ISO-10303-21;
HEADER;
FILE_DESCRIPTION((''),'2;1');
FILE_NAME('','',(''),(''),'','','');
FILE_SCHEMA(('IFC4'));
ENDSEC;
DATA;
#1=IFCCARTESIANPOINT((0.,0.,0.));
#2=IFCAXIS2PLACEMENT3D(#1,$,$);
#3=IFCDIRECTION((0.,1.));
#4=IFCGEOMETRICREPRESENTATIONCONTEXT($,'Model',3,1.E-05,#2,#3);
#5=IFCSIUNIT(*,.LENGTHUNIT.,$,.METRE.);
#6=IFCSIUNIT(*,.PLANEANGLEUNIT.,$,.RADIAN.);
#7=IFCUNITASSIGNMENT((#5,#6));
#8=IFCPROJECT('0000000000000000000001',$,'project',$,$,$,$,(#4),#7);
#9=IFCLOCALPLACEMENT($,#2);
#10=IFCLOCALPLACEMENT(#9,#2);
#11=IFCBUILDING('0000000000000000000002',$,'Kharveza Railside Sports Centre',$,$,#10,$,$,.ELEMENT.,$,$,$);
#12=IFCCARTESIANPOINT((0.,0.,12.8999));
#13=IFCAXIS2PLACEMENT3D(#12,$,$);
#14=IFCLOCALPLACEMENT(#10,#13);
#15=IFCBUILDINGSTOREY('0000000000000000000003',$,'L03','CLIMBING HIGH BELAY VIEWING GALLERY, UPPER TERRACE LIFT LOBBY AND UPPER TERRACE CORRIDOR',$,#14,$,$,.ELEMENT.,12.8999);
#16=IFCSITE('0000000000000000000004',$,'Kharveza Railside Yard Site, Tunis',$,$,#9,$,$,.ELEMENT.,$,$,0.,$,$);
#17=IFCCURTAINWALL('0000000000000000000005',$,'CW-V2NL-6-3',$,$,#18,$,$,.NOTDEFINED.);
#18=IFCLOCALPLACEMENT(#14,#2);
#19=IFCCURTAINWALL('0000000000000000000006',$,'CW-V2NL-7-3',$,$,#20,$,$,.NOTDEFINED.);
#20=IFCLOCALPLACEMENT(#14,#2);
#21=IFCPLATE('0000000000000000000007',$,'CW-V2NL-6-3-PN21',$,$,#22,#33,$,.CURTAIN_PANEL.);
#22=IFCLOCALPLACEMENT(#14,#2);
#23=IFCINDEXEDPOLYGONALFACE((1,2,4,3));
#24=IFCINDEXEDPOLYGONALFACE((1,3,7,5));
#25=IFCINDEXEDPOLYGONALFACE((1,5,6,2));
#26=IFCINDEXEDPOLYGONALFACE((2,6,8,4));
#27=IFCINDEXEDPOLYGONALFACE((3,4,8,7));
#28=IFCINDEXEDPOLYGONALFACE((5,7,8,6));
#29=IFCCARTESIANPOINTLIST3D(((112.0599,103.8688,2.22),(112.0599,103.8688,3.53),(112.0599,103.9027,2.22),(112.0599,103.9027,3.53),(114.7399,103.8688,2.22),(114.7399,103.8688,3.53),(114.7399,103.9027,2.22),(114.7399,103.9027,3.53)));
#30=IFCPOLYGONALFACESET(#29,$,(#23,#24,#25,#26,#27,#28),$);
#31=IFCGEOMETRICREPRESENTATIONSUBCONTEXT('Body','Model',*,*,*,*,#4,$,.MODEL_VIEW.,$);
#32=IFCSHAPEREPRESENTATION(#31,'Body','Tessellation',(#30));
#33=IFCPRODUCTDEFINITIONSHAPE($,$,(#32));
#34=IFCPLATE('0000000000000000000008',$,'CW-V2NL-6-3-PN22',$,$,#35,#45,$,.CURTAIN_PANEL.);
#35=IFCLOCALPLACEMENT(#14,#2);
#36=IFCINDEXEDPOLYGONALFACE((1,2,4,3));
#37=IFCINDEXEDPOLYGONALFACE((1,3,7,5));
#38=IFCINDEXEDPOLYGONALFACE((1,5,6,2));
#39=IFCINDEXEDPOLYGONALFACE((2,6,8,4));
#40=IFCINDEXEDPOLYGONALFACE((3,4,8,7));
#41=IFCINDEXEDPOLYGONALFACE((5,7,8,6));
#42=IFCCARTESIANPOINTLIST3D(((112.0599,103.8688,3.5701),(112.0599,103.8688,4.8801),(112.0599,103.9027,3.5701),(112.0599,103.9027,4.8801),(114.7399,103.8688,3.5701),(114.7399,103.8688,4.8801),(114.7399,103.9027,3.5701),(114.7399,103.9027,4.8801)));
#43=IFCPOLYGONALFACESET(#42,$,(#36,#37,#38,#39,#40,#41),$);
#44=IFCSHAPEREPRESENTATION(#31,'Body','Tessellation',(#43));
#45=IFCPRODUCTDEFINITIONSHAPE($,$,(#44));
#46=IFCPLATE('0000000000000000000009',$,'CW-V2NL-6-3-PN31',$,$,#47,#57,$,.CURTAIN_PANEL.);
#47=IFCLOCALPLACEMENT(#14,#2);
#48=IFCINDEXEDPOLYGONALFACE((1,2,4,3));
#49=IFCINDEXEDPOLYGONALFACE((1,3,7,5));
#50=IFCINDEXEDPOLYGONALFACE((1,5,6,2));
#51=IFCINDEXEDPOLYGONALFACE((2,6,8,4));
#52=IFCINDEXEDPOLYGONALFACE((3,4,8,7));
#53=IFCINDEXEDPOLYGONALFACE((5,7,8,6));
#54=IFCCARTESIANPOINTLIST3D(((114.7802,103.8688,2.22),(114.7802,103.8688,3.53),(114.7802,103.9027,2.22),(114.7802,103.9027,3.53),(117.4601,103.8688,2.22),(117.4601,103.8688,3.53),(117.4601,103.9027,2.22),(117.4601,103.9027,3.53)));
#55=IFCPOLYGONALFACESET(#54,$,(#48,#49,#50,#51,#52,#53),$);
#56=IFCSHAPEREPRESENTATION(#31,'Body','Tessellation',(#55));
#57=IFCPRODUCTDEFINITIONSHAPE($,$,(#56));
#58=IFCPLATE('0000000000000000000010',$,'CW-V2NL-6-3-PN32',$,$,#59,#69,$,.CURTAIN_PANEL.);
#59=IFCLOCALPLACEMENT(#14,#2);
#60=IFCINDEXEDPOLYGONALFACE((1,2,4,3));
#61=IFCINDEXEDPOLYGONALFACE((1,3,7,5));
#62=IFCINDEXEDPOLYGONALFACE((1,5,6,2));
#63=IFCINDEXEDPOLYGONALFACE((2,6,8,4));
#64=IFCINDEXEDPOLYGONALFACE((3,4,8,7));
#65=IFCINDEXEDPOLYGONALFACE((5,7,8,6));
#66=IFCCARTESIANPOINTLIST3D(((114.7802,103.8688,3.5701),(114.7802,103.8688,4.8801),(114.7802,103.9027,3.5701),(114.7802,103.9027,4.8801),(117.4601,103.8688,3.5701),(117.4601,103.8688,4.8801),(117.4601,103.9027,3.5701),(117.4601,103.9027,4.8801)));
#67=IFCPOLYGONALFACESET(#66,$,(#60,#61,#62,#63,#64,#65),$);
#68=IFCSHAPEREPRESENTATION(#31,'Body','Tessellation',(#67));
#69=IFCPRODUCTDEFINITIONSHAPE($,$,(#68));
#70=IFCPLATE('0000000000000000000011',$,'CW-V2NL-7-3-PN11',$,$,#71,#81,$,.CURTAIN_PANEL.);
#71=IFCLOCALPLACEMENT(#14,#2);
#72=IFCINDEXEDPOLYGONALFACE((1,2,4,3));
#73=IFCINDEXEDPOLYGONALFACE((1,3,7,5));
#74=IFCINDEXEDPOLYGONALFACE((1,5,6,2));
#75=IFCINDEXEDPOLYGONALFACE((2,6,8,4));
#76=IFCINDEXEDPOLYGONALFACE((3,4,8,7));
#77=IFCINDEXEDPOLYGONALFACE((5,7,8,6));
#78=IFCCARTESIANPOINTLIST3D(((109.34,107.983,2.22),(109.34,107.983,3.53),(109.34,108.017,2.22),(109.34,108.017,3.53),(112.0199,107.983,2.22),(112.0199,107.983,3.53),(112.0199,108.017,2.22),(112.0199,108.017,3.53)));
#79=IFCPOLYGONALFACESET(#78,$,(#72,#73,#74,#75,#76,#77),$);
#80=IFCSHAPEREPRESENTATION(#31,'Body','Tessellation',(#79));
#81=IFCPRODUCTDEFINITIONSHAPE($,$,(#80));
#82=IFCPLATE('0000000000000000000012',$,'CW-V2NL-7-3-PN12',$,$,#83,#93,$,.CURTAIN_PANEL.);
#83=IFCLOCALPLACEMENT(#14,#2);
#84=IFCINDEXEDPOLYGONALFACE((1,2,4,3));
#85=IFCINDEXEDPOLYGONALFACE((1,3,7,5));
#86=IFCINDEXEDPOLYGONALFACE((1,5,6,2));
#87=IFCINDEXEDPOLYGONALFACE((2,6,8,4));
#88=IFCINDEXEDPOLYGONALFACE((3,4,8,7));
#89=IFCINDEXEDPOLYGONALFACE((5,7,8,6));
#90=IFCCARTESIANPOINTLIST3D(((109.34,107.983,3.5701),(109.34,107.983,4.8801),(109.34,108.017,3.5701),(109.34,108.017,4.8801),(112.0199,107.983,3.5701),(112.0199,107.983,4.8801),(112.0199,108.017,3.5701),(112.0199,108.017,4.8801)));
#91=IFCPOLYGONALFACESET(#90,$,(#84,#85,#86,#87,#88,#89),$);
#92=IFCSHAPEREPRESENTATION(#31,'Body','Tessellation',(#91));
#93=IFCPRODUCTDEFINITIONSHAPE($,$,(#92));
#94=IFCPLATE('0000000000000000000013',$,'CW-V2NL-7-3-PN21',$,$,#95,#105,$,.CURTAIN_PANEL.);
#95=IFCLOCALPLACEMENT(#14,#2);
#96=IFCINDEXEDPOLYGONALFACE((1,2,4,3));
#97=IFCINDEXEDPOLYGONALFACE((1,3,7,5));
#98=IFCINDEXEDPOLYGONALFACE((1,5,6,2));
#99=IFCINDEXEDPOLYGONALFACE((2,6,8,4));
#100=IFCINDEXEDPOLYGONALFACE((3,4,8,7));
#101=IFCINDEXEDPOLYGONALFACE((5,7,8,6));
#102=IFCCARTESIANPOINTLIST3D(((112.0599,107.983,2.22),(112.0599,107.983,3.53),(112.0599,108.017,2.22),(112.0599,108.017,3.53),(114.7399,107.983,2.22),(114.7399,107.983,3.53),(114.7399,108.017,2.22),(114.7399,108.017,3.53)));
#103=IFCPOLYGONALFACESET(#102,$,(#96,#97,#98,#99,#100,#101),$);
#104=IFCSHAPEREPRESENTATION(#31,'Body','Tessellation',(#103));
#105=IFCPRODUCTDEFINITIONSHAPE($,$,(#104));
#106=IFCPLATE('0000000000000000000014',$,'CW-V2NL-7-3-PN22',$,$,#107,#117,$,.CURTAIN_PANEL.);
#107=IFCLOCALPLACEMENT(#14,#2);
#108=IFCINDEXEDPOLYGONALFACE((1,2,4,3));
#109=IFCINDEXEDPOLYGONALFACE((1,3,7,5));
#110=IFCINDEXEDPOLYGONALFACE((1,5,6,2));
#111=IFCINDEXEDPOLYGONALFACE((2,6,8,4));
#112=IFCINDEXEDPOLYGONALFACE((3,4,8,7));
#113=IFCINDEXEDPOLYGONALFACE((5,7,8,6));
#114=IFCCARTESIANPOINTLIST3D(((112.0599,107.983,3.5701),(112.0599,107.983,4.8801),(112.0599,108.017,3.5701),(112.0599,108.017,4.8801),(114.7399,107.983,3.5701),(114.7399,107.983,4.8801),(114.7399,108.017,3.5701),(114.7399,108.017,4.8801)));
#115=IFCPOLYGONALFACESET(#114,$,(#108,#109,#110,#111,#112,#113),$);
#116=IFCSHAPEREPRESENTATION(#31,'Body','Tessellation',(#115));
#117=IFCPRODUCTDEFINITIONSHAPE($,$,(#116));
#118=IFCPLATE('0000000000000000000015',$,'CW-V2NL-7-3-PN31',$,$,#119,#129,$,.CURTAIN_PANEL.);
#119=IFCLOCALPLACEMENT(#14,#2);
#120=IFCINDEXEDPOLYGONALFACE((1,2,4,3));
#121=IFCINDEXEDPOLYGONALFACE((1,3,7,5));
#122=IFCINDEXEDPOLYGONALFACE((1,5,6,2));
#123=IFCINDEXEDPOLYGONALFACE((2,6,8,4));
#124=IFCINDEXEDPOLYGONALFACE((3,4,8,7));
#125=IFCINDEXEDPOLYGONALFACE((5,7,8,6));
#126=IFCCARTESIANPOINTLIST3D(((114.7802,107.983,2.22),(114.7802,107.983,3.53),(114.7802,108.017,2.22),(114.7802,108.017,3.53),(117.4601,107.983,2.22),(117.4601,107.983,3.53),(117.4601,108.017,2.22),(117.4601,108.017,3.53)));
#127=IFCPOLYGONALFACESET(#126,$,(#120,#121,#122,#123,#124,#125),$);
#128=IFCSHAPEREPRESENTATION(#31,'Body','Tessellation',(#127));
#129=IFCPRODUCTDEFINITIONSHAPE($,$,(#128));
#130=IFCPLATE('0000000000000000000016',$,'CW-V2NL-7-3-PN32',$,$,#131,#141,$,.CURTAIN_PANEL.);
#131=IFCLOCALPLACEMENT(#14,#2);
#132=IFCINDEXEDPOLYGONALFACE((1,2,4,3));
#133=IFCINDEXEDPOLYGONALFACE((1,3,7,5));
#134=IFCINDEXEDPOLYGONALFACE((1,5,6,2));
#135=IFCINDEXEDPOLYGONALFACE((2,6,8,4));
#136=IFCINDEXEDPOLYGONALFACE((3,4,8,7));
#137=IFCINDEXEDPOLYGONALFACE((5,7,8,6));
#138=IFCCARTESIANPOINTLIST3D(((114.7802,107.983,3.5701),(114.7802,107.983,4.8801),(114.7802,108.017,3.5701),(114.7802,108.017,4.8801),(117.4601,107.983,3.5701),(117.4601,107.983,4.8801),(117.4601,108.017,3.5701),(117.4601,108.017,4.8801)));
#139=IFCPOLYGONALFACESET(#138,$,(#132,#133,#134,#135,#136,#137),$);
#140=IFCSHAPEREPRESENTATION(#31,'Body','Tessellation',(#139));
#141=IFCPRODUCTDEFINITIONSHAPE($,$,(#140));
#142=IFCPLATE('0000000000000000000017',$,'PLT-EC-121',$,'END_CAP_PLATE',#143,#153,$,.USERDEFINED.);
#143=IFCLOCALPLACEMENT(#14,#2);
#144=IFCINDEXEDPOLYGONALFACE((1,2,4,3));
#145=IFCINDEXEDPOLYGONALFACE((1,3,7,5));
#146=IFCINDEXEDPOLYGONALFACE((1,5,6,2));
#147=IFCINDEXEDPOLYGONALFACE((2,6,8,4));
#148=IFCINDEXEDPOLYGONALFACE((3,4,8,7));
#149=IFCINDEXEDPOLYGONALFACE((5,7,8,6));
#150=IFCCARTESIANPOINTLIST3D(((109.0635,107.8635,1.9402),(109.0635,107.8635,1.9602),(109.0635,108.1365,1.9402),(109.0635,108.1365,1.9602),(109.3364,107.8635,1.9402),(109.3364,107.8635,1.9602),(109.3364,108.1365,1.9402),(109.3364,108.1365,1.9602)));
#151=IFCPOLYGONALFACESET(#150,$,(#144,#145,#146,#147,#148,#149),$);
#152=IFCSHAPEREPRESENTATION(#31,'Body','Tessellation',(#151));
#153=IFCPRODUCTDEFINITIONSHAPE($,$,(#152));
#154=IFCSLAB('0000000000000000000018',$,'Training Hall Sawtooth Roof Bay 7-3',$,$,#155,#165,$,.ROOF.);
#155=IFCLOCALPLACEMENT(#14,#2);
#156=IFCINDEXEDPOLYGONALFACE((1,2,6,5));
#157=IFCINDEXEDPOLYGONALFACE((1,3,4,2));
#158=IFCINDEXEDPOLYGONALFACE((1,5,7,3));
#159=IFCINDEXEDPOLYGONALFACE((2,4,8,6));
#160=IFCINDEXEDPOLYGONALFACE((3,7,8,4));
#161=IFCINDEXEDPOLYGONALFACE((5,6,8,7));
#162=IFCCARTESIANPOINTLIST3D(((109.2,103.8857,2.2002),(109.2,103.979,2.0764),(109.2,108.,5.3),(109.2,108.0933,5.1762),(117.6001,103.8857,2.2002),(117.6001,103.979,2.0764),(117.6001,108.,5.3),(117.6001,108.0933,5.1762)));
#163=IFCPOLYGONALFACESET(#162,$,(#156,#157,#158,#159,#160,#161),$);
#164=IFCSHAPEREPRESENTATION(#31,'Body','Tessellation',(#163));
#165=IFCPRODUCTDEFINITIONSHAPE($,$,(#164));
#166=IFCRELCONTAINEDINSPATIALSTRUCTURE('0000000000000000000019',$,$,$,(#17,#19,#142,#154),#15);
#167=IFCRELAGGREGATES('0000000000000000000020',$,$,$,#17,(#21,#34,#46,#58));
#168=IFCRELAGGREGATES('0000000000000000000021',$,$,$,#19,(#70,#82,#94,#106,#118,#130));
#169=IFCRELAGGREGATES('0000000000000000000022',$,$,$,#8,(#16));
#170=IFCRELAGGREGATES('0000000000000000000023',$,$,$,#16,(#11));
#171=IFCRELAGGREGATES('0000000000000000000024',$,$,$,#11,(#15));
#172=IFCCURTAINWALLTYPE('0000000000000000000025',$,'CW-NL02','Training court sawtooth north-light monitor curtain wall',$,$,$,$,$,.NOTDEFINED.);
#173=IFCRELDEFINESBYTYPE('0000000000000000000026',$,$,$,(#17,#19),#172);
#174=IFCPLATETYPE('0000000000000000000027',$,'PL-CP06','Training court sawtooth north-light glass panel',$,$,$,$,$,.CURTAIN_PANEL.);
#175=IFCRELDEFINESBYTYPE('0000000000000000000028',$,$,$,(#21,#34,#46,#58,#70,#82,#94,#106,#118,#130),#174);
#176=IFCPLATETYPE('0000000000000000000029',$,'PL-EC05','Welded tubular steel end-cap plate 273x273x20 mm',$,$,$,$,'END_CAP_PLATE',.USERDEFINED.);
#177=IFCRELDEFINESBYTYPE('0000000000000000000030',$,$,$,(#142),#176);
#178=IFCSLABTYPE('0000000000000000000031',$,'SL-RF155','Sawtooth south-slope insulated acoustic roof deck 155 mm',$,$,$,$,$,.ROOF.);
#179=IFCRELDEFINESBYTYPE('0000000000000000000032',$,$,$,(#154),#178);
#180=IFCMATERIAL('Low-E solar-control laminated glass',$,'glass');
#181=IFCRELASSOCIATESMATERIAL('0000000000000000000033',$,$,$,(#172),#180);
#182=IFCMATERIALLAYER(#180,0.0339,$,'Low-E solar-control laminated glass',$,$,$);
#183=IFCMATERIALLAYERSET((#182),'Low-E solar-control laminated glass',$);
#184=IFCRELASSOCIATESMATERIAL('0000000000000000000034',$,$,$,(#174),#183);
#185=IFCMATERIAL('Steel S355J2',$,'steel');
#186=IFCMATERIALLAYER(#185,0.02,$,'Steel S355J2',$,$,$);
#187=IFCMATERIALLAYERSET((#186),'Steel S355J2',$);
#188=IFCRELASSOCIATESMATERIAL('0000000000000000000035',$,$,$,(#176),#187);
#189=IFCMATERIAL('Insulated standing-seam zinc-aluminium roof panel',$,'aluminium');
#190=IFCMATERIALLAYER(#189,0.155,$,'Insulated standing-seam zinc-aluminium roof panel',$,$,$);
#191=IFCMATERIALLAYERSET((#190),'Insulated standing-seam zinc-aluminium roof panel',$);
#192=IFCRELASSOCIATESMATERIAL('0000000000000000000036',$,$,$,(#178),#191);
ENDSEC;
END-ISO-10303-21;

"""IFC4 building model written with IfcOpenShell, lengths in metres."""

from ifc_helpers import new_model, si_unit, direction, frame, origin, origin_2d, place, context, subcontext, project, spatial, polyline, rectangle, outline, extrude, material, layer, layer_set, type_object, element, aggregate, save


model = new_model("IFC4")

# Units and contexts
model_context = context("Model", 3, precision=1e-05, world=origin(), true_north=direction((0.0, 1.0)))
body_context = subcontext(model_context, "Body", "Model", "MODEL_VIEW")
ifc_project = project(units=[si_unit("LENGTHUNIT", "METRE"), si_unit("PLANEANGLEUNIT", "RADIAN")], contexts=[model_context])

# Site, building, storey
site_placement = place(None, origin())
site = spatial("IfcSite", under=ifc_project, at=site_placement, Name="Kharveza Railside Yard Site, Tunis", CompositionType="ELEMENT", RefElevation=0.0)
building_placement = place(site_placement, origin())
building = spatial("IfcBuilding", under=site, at=building_placement, Name="Kharveza Railside Sports Centre", CompositionType="ELEMENT")
storey_placement = place(building_placement, frame((0.0, 0.0, 12.8999)))
storey = spatial("IfcBuildingStorey", under=building, at=storey_placement, Name="L03", Description="CLIMBING HIGH BELAY VIEWING GALLERY, UPPER TERRACE LIFT LOBBY AND UPPER TERRACE CORRIDOR", CompositionType="ELEMENT", Elevation=12.8999)

# Shared definitions
ifc_material_1 = material(Name="Steel S355J2", Category="steel")

# Curtain walls
ifc_material_2 = material(Name="Low-E solar-control laminated glass", Category="glass")
curtain_wall_type = type_object("IfcCurtainWallType", Name="CW-NL02", Description="Training court sawtooth north-light monitor curtain wall", PredefinedType="NOTDEFINED", material=ifc_material_2)
curtain_wall_1_placement = place(storey_placement, origin())
curtain_wall_1 = element("IfcCurtainWall", 1, at=curtain_wall_1_placement, inside=storey, type_object=curtain_wall_type, Name="CW-V2NL-6-3", PredefinedType="NOTDEFINED")
curtain_wall_2_placement = place(storey_placement, origin())
curtain_wall_2 = element("IfcCurtainWall", 2, at=curtain_wall_2_placement, inside=storey, type_object=curtain_wall_type, Name="CW-V2NL-7-3", PredefinedType="NOTDEFINED")

# Plates
ifc_layer_1 = layer(ifc_material_2, 0.0339, Name="Low-E solar-control laminated glass")
ifc_layer_set_1 = layer_set([ifc_layer_1], Name="Low-E solar-control laminated glass")
plate_type_1 = type_object("IfcPlateType", Name="PL-CP06", Description="Training court sawtooth north-light glass panel", PredefinedType="CURTAIN_PANEL", material=ifc_layer_set_1)
plate_1_placement = place(storey_placement, frame((113.3999, 103.8857, 2.22), z_axis=(0.0, 0.0, 1.0), x_axis=(1.0, 0.0, 0.0)))
plate_1 = element("IfcPlate", 3, at=plate_1_placement, type_object=plate_type_1, Name="CW-V2NL-6-3-PN21", PredefinedType="CURTAIN_PANEL", context=body_context, shape_type="SweptSolid", body=[
    extrude(rectangle(XDim=2.6799, YDim=0.0339, at=origin_2d()), origin(), (0.0, 0.0, 1.0), 1.3101),
])
plate_2_placement = place(storey_placement, frame((113.3999, 103.8857, 3.5701), z_axis=(0.0, 0.0, 1.0), x_axis=(1.0, 0.0, 0.0)))
plate_2 = element("IfcPlate", 4, at=plate_2_placement, type_object=plate_type_1, Name="CW-V2NL-6-3-PN22", PredefinedType="CURTAIN_PANEL", context=body_context, shape_type="SweptSolid", body=[
    extrude(rectangle(XDim=2.6799, YDim=0.0339, at=origin_2d()), origin(), (0.0, 0.0, 1.0), 1.3101),
])
plate_3_placement = place(storey_placement, frame((116.1201, 103.8857, 2.22), z_axis=(0.0, 0.0, 1.0), x_axis=(1.0, 0.0, 0.0)))
plate_3 = element("IfcPlate", 5, at=plate_3_placement, type_object=plate_type_1, Name="CW-V2NL-6-3-PN31", PredefinedType="CURTAIN_PANEL", context=body_context, shape_type="SweptSolid", body=[
    extrude(rectangle(XDim=2.6799, YDim=0.0339, at=origin_2d()), origin(), (0.0, 0.0, 1.0), 1.3101),
])
plate_4_placement = place(storey_placement, frame((116.1201, 103.8857, 3.5701), z_axis=(0.0, 0.0, 1.0), x_axis=(1.0, 0.0, 0.0)))
plate_4 = element("IfcPlate", 6, at=plate_4_placement, type_object=plate_type_1, Name="CW-V2NL-6-3-PN32", PredefinedType="CURTAIN_PANEL", context=body_context, shape_type="SweptSolid", body=[
    extrude(rectangle(XDim=2.6799, YDim=0.0339, at=origin_2d()), origin(), (0.0, 0.0, 1.0), 1.3101),
])
aggregate(curtain_wall_1, [plate_1, plate_2, plate_3, plate_4])
plate_5_placement = place(storey_placement, frame((110.6799, 108.0, 2.22), z_axis=(0.0, 0.0, 1.0), x_axis=(1.0, 0.0, 0.0)))
plate_5 = element("IfcPlate", 7, at=plate_5_placement, type_object=plate_type_1, Name="CW-V2NL-7-3-PN11", PredefinedType="CURTAIN_PANEL", context=body_context, shape_type="SweptSolid", body=[
    extrude(rectangle(XDim=2.6799, YDim=0.0339, at=origin_2d()), origin(), (0.0, 0.0, 1.0), 1.3101),
])
plate_6_placement = place(storey_placement, frame((110.6799, 108.0, 3.5701), z_axis=(0.0, 0.0, 1.0), x_axis=(1.0, 0.0, 0.0)))
plate_6 = element("IfcPlate", 8, at=plate_6_placement, type_object=plate_type_1, Name="CW-V2NL-7-3-PN12", PredefinedType="CURTAIN_PANEL", context=body_context, shape_type="SweptSolid", body=[
    extrude(rectangle(XDim=2.6799, YDim=0.0339, at=origin_2d()), origin(), (0.0, 0.0, 1.0), 1.3101),
])
plate_7_placement = place(storey_placement, frame((113.3999, 108.0, 2.22), z_axis=(0.0, 0.0, 1.0), x_axis=(1.0, 0.0, 0.0)))
plate_7 = element("IfcPlate", 9, at=plate_7_placement, type_object=plate_type_1, Name="CW-V2NL-7-3-PN21", PredefinedType="CURTAIN_PANEL", context=body_context, shape_type="SweptSolid", body=[
    extrude(rectangle(XDim=2.6799, YDim=0.0339, at=origin_2d()), origin(), (0.0, 0.0, 1.0), 1.3101),
])
plate_8_placement = place(storey_placement, frame((113.3999, 108.0, 3.5701), z_axis=(0.0, 0.0, 1.0), x_axis=(1.0, 0.0, 0.0)))
plate_8 = element("IfcPlate", 10, at=plate_8_placement, type_object=plate_type_1, Name="CW-V2NL-7-3-PN22", PredefinedType="CURTAIN_PANEL", context=body_context, shape_type="SweptSolid", body=[
    extrude(rectangle(XDim=2.6799, YDim=0.0339, at=origin_2d()), origin(), (0.0, 0.0, 1.0), 1.3101),
])
plate_9_placement = place(storey_placement, frame((116.1201, 108.0, 2.22), z_axis=(0.0, 0.0, 1.0), x_axis=(1.0, 0.0, 0.0)))
plate_9 = element("IfcPlate", 11, at=plate_9_placement, type_object=plate_type_1, Name="CW-V2NL-7-3-PN31", PredefinedType="CURTAIN_PANEL", context=body_context, shape_type="SweptSolid", body=[
    extrude(rectangle(XDim=2.6799, YDim=0.0339, at=origin_2d()), origin(), (0.0, 0.0, 1.0), 1.3101),
])
plate_10_placement = place(storey_placement, frame((116.1201, 108.0, 3.5701), z_axis=(0.0, 0.0, 1.0), x_axis=(1.0, 0.0, 0.0)))
plate_10 = element("IfcPlate", 12, at=plate_10_placement, type_object=plate_type_1, Name="CW-V2NL-7-3-PN32", PredefinedType="CURTAIN_PANEL", context=body_context, shape_type="SweptSolid", body=[
    extrude(rectangle(XDim=2.6799, YDim=0.0339, at=origin_2d()), origin(), (0.0, 0.0, 1.0), 1.3101),
])
aggregate(curtain_wall_2, [plate_5, plate_6, plate_7, plate_8, plate_9, plate_10])
ifc_layer_2 = layer(ifc_material_1, 0.02, Name="Steel S355J2")
ifc_layer_set_2 = layer_set([ifc_layer_2], Name="Steel S355J2")
plate_type_2 = type_object("IfcPlateType", Name="PL-EC05", Description="Welded tubular steel end-cap plate 273x273x20 mm", ElementType="END_CAP_PLATE", PredefinedType="USERDEFINED", material=ifc_layer_set_2)
plate_11_placement = place(storey_placement, frame((109.2, 108.0, 1.9402), z_axis=(0.0, 0.0, 1.0), x_axis=(1.0, 0.0, 0.0)))
element("IfcPlate", 13, at=plate_11_placement, inside=storey, type_object=plate_type_2, Name="PLT-EC-121", ObjectType="END_CAP_PLATE", PredefinedType="USERDEFINED", context=body_context, shape_type="SweptSolid", body=[
    extrude(rectangle(XDim=0.2729, YDim=0.2729, at=origin_2d()), origin(), (0.0, 0.0, 1.0), 0.02),
])

# Slab
ifc_material_3 = material(Name="Insulated standing-seam zinc-aluminium roof panel", Category="aluminium")
ifc_layer_3 = layer(ifc_material_3, 0.155, Name="Insulated standing-seam zinc-aluminium roof panel")
ifc_layer_set_3 = layer_set([ifc_layer_3], Name="Insulated standing-seam zinc-aluminium roof panel")
slab_type = type_object("IfcSlabType", Name="SL-RF155", Description="Sawtooth south-slope insulated acoustic roof deck 155 mm", PredefinedType="ROOF", material=ifc_layer_set_3)
slab_placement = place(storey_placement, frame((109.2, 103.8857, 2.2002), z_axis=(0.0, -0.601758, 0.798679), x_axis=(1.0, 0.0, 0.0)))
element("IfcSlab", 14, at=slab_placement, inside=storey, type_object=slab_type, Name="Training Hall Sawtooth Roof Bay 7-3", PredefinedType="ROOF", context=body_context, shape_type="SweptSolid", body=[
    extrude(outline(polyline([(0.0, 0.0), (8.4001, 0.0), (8.4001, 5.1513), (0.0, 5.1513), (0.0, 0.0)])), origin(), (0.0, 0.0, -1.0), 0.155),
])

save(model, "model.ifc")
